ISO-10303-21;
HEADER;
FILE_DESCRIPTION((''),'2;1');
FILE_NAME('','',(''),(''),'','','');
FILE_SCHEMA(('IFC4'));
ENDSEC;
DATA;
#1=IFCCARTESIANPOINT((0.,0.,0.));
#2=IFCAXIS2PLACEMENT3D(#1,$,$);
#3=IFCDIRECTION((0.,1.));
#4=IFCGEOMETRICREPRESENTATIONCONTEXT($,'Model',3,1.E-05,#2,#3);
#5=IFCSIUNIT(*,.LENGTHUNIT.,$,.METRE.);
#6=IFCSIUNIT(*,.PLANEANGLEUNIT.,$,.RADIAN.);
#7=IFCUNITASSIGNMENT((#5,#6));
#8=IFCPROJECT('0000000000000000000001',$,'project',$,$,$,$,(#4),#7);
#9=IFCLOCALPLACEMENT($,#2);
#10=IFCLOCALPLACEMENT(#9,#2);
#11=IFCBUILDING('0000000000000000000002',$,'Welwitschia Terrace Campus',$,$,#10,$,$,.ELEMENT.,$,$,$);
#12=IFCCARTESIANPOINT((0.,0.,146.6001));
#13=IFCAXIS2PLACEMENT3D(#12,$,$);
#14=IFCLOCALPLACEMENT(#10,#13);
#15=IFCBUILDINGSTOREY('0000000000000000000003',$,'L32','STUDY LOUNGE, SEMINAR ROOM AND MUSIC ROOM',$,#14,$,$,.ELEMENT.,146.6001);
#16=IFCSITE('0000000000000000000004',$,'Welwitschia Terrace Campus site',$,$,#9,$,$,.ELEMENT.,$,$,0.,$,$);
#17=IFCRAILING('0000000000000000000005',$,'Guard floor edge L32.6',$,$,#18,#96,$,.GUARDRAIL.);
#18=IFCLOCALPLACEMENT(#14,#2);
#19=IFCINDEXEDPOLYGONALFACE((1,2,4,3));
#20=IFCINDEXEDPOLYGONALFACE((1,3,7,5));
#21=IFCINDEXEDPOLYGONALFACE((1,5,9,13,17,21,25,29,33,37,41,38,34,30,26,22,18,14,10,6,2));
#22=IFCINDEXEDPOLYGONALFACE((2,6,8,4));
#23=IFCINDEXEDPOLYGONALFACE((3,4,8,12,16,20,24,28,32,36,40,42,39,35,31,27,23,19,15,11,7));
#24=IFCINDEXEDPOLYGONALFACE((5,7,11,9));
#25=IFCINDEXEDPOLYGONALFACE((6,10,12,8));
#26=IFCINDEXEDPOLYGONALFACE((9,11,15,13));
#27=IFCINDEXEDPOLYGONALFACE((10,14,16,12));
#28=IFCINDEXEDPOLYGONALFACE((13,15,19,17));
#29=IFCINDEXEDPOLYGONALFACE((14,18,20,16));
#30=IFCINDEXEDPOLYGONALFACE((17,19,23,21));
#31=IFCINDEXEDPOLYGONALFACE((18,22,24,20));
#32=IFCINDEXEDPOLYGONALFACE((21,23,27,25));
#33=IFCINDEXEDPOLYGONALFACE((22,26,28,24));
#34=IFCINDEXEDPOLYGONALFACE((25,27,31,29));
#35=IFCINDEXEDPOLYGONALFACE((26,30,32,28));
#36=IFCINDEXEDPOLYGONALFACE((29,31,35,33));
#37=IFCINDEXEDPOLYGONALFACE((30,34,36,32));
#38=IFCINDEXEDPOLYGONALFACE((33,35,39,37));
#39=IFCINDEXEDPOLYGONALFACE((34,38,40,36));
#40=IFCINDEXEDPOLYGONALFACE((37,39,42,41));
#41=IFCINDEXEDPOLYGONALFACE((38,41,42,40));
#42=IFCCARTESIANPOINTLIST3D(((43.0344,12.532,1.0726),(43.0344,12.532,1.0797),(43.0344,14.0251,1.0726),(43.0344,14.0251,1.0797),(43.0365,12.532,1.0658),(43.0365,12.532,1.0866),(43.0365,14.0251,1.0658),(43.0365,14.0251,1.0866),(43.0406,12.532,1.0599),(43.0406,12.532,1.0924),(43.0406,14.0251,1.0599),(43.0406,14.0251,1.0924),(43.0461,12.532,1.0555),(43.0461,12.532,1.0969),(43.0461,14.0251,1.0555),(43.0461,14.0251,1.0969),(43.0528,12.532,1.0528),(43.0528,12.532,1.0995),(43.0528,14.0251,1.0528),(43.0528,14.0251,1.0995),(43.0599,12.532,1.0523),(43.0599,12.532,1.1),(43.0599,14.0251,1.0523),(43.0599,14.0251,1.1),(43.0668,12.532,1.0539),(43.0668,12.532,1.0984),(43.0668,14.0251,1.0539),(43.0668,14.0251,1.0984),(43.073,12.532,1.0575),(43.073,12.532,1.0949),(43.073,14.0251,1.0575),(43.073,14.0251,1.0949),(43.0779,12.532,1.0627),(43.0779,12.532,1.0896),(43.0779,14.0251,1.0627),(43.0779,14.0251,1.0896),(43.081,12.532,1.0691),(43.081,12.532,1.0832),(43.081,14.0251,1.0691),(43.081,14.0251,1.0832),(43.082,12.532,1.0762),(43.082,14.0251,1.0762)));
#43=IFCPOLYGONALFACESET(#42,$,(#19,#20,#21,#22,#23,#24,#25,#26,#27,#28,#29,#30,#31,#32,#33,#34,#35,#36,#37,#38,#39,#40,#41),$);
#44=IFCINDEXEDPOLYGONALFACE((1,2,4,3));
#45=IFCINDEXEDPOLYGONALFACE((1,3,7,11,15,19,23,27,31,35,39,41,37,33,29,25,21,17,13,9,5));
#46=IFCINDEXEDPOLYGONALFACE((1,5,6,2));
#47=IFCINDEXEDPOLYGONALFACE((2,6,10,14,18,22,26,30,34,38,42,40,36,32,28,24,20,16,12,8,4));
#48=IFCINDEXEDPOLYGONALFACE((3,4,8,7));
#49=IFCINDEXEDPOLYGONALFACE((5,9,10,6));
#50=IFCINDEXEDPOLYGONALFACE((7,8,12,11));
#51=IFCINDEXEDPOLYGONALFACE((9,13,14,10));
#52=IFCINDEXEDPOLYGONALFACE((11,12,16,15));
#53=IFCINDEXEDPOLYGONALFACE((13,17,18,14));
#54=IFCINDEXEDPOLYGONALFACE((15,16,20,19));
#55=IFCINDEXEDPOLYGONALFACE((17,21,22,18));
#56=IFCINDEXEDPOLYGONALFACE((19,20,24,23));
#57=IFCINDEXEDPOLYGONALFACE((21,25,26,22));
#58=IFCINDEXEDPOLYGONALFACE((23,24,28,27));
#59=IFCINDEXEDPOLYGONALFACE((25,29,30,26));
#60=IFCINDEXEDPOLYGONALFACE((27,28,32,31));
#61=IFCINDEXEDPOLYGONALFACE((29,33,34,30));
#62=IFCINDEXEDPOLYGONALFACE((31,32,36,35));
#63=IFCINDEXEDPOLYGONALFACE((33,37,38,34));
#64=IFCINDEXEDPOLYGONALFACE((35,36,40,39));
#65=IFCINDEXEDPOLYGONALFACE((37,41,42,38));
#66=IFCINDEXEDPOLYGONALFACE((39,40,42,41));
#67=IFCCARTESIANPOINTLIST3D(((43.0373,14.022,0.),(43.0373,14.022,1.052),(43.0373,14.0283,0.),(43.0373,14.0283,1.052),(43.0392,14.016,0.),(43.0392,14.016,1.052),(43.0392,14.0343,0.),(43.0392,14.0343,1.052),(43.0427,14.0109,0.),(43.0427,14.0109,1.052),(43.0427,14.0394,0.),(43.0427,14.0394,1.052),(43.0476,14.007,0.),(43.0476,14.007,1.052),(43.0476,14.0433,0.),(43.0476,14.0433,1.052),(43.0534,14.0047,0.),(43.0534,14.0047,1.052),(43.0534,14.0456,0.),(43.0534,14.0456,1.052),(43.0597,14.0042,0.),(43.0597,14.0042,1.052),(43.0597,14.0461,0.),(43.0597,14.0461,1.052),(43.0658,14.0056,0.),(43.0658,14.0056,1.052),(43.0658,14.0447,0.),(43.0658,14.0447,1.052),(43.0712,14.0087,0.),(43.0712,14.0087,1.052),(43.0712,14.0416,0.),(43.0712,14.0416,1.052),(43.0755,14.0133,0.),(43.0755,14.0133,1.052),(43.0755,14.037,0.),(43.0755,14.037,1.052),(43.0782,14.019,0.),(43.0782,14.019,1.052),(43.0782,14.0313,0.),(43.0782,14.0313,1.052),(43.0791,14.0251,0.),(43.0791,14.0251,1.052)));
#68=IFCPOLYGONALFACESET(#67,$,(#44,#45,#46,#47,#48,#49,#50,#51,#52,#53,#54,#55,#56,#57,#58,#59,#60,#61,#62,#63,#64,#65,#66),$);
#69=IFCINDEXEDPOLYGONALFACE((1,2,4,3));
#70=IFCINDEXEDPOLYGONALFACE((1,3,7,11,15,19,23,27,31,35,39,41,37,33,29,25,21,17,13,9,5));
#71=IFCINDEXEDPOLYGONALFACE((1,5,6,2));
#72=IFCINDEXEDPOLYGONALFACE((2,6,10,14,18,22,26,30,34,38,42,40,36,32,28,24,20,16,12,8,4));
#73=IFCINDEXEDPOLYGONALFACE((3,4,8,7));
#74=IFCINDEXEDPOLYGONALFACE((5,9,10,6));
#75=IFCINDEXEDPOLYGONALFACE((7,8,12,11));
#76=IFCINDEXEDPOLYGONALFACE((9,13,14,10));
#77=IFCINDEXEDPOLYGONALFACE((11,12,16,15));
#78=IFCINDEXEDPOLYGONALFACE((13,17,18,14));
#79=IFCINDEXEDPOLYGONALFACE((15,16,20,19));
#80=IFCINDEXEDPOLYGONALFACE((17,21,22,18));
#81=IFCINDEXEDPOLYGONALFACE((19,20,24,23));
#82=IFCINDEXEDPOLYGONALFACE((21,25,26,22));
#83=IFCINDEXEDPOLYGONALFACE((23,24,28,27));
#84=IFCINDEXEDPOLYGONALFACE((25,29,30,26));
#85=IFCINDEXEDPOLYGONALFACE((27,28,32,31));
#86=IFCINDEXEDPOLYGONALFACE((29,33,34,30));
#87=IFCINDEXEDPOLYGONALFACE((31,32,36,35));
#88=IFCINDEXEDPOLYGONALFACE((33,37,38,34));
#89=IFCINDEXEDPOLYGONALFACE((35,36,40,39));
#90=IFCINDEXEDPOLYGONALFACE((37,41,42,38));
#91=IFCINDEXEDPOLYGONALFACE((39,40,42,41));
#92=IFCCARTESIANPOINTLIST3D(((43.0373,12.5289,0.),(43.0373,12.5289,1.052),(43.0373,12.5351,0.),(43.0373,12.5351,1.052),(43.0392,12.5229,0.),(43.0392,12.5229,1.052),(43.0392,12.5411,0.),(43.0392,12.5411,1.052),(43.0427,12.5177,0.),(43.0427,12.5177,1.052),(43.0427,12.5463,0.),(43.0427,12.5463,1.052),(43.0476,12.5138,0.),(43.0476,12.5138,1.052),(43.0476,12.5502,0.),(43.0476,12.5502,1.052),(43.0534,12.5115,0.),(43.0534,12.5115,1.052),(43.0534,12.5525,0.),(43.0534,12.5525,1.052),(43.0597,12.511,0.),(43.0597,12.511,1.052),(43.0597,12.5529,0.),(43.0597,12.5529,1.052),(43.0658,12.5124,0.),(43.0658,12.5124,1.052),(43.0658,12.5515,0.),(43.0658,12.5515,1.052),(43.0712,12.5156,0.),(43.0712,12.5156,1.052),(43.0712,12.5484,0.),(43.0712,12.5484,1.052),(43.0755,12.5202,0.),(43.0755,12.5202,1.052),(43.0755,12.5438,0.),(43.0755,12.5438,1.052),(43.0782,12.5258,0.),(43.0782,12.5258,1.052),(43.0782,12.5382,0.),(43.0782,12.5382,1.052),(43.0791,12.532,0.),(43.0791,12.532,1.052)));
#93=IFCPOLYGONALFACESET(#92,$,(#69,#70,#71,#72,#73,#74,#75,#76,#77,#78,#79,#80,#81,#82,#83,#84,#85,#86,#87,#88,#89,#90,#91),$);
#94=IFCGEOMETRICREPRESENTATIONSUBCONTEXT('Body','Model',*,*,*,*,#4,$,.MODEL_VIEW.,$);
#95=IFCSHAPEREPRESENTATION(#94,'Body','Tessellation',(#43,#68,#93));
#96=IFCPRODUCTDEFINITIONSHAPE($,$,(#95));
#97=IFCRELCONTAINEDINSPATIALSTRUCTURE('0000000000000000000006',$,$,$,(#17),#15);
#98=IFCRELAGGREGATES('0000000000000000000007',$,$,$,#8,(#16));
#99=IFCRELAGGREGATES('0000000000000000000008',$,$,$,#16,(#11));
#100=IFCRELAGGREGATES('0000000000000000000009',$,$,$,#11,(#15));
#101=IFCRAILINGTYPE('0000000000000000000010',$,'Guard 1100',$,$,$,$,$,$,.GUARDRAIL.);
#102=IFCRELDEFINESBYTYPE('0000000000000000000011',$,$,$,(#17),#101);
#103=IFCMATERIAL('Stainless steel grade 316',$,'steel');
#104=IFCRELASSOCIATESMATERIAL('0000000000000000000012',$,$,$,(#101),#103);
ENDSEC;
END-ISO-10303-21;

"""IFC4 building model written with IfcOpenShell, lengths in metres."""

from ifc_helpers import new_model, si_unit, direction, frame, origin, origin_2d, place, context, subcontext, project, spatial, circle, extrude, material, type_object, element, save


model = new_model("IFC4")

# Units and contexts
model_context = context("Model", 3, precision=1e-05, world=origin(), true_north=direction((0.0, 1.0)))
body_context = subcontext(model_context, "Body", "Model", "MODEL_VIEW")
ifc_project = project(units=[si_unit("LENGTHUNIT", "METRE"), si_unit("PLANEANGLEUNIT", "RADIAN")], contexts=[model_context])

# Site, building, storey
site_placement = place(None, origin())
site = spatial("IfcSite", under=ifc_project, at=site_placement, Name="Welwitschia Terrace Campus site", CompositionType="ELEMENT", RefElevation=0.0)
building_placement = place(site_placement, origin())
building = spatial("IfcBuilding", under=site, at=building_placement, Name="Welwitschia Terrace Campus", CompositionType="ELEMENT")
storey_placement = place(building_placement, frame((0.0, 0.0, 146.6001)))
storey = spatial("IfcBuildingStorey", under=building, at=storey_placement, Name="L32", Description="STUDY LOUNGE, SEMINAR ROOM AND MUSIC ROOM", CompositionType="ELEMENT", Elevation=146.6001)

# Railing
ifc_material_1 = material(Name="Stainless steel grade 316", Category="steel")
railing_type = type_object("IfcRailingType", Name="Guard 1100", PredefinedType="GUARDRAIL", material=ifc_material_1)
railing_1_placement = place(storey_placement, frame((43.0581, 14.0251, 0.0)))
element("IfcRailing", 1, at=railing_1_placement, inside=storey, type_object=railing_type, Name="Guard floor edge L32.6", PredefinedType="GUARDRAIL", context=body_context, shape_type="SweptSolid", body=[
    extrude(circle(Radius=0.0239, at=origin_2d()), frame((0.0, 0.0, 1.0762), z_axis=(0.0, -1.0, 0.0), x_axis=(1.0, 0.0, 0.0)), (0.0, 0.0, 1.0), 1.4932),
    extrude(circle(Radius=0.021, at=origin_2d()), origin(), (0.0, 0.0, 1.0), 1.052),
    extrude(circle(Radius=0.021, at=origin_2d()), frame((0.0, -1.4932, 0.0)), (0.0, 0.0, 1.0), 1.052),
])

save(model, "model.ifc")
